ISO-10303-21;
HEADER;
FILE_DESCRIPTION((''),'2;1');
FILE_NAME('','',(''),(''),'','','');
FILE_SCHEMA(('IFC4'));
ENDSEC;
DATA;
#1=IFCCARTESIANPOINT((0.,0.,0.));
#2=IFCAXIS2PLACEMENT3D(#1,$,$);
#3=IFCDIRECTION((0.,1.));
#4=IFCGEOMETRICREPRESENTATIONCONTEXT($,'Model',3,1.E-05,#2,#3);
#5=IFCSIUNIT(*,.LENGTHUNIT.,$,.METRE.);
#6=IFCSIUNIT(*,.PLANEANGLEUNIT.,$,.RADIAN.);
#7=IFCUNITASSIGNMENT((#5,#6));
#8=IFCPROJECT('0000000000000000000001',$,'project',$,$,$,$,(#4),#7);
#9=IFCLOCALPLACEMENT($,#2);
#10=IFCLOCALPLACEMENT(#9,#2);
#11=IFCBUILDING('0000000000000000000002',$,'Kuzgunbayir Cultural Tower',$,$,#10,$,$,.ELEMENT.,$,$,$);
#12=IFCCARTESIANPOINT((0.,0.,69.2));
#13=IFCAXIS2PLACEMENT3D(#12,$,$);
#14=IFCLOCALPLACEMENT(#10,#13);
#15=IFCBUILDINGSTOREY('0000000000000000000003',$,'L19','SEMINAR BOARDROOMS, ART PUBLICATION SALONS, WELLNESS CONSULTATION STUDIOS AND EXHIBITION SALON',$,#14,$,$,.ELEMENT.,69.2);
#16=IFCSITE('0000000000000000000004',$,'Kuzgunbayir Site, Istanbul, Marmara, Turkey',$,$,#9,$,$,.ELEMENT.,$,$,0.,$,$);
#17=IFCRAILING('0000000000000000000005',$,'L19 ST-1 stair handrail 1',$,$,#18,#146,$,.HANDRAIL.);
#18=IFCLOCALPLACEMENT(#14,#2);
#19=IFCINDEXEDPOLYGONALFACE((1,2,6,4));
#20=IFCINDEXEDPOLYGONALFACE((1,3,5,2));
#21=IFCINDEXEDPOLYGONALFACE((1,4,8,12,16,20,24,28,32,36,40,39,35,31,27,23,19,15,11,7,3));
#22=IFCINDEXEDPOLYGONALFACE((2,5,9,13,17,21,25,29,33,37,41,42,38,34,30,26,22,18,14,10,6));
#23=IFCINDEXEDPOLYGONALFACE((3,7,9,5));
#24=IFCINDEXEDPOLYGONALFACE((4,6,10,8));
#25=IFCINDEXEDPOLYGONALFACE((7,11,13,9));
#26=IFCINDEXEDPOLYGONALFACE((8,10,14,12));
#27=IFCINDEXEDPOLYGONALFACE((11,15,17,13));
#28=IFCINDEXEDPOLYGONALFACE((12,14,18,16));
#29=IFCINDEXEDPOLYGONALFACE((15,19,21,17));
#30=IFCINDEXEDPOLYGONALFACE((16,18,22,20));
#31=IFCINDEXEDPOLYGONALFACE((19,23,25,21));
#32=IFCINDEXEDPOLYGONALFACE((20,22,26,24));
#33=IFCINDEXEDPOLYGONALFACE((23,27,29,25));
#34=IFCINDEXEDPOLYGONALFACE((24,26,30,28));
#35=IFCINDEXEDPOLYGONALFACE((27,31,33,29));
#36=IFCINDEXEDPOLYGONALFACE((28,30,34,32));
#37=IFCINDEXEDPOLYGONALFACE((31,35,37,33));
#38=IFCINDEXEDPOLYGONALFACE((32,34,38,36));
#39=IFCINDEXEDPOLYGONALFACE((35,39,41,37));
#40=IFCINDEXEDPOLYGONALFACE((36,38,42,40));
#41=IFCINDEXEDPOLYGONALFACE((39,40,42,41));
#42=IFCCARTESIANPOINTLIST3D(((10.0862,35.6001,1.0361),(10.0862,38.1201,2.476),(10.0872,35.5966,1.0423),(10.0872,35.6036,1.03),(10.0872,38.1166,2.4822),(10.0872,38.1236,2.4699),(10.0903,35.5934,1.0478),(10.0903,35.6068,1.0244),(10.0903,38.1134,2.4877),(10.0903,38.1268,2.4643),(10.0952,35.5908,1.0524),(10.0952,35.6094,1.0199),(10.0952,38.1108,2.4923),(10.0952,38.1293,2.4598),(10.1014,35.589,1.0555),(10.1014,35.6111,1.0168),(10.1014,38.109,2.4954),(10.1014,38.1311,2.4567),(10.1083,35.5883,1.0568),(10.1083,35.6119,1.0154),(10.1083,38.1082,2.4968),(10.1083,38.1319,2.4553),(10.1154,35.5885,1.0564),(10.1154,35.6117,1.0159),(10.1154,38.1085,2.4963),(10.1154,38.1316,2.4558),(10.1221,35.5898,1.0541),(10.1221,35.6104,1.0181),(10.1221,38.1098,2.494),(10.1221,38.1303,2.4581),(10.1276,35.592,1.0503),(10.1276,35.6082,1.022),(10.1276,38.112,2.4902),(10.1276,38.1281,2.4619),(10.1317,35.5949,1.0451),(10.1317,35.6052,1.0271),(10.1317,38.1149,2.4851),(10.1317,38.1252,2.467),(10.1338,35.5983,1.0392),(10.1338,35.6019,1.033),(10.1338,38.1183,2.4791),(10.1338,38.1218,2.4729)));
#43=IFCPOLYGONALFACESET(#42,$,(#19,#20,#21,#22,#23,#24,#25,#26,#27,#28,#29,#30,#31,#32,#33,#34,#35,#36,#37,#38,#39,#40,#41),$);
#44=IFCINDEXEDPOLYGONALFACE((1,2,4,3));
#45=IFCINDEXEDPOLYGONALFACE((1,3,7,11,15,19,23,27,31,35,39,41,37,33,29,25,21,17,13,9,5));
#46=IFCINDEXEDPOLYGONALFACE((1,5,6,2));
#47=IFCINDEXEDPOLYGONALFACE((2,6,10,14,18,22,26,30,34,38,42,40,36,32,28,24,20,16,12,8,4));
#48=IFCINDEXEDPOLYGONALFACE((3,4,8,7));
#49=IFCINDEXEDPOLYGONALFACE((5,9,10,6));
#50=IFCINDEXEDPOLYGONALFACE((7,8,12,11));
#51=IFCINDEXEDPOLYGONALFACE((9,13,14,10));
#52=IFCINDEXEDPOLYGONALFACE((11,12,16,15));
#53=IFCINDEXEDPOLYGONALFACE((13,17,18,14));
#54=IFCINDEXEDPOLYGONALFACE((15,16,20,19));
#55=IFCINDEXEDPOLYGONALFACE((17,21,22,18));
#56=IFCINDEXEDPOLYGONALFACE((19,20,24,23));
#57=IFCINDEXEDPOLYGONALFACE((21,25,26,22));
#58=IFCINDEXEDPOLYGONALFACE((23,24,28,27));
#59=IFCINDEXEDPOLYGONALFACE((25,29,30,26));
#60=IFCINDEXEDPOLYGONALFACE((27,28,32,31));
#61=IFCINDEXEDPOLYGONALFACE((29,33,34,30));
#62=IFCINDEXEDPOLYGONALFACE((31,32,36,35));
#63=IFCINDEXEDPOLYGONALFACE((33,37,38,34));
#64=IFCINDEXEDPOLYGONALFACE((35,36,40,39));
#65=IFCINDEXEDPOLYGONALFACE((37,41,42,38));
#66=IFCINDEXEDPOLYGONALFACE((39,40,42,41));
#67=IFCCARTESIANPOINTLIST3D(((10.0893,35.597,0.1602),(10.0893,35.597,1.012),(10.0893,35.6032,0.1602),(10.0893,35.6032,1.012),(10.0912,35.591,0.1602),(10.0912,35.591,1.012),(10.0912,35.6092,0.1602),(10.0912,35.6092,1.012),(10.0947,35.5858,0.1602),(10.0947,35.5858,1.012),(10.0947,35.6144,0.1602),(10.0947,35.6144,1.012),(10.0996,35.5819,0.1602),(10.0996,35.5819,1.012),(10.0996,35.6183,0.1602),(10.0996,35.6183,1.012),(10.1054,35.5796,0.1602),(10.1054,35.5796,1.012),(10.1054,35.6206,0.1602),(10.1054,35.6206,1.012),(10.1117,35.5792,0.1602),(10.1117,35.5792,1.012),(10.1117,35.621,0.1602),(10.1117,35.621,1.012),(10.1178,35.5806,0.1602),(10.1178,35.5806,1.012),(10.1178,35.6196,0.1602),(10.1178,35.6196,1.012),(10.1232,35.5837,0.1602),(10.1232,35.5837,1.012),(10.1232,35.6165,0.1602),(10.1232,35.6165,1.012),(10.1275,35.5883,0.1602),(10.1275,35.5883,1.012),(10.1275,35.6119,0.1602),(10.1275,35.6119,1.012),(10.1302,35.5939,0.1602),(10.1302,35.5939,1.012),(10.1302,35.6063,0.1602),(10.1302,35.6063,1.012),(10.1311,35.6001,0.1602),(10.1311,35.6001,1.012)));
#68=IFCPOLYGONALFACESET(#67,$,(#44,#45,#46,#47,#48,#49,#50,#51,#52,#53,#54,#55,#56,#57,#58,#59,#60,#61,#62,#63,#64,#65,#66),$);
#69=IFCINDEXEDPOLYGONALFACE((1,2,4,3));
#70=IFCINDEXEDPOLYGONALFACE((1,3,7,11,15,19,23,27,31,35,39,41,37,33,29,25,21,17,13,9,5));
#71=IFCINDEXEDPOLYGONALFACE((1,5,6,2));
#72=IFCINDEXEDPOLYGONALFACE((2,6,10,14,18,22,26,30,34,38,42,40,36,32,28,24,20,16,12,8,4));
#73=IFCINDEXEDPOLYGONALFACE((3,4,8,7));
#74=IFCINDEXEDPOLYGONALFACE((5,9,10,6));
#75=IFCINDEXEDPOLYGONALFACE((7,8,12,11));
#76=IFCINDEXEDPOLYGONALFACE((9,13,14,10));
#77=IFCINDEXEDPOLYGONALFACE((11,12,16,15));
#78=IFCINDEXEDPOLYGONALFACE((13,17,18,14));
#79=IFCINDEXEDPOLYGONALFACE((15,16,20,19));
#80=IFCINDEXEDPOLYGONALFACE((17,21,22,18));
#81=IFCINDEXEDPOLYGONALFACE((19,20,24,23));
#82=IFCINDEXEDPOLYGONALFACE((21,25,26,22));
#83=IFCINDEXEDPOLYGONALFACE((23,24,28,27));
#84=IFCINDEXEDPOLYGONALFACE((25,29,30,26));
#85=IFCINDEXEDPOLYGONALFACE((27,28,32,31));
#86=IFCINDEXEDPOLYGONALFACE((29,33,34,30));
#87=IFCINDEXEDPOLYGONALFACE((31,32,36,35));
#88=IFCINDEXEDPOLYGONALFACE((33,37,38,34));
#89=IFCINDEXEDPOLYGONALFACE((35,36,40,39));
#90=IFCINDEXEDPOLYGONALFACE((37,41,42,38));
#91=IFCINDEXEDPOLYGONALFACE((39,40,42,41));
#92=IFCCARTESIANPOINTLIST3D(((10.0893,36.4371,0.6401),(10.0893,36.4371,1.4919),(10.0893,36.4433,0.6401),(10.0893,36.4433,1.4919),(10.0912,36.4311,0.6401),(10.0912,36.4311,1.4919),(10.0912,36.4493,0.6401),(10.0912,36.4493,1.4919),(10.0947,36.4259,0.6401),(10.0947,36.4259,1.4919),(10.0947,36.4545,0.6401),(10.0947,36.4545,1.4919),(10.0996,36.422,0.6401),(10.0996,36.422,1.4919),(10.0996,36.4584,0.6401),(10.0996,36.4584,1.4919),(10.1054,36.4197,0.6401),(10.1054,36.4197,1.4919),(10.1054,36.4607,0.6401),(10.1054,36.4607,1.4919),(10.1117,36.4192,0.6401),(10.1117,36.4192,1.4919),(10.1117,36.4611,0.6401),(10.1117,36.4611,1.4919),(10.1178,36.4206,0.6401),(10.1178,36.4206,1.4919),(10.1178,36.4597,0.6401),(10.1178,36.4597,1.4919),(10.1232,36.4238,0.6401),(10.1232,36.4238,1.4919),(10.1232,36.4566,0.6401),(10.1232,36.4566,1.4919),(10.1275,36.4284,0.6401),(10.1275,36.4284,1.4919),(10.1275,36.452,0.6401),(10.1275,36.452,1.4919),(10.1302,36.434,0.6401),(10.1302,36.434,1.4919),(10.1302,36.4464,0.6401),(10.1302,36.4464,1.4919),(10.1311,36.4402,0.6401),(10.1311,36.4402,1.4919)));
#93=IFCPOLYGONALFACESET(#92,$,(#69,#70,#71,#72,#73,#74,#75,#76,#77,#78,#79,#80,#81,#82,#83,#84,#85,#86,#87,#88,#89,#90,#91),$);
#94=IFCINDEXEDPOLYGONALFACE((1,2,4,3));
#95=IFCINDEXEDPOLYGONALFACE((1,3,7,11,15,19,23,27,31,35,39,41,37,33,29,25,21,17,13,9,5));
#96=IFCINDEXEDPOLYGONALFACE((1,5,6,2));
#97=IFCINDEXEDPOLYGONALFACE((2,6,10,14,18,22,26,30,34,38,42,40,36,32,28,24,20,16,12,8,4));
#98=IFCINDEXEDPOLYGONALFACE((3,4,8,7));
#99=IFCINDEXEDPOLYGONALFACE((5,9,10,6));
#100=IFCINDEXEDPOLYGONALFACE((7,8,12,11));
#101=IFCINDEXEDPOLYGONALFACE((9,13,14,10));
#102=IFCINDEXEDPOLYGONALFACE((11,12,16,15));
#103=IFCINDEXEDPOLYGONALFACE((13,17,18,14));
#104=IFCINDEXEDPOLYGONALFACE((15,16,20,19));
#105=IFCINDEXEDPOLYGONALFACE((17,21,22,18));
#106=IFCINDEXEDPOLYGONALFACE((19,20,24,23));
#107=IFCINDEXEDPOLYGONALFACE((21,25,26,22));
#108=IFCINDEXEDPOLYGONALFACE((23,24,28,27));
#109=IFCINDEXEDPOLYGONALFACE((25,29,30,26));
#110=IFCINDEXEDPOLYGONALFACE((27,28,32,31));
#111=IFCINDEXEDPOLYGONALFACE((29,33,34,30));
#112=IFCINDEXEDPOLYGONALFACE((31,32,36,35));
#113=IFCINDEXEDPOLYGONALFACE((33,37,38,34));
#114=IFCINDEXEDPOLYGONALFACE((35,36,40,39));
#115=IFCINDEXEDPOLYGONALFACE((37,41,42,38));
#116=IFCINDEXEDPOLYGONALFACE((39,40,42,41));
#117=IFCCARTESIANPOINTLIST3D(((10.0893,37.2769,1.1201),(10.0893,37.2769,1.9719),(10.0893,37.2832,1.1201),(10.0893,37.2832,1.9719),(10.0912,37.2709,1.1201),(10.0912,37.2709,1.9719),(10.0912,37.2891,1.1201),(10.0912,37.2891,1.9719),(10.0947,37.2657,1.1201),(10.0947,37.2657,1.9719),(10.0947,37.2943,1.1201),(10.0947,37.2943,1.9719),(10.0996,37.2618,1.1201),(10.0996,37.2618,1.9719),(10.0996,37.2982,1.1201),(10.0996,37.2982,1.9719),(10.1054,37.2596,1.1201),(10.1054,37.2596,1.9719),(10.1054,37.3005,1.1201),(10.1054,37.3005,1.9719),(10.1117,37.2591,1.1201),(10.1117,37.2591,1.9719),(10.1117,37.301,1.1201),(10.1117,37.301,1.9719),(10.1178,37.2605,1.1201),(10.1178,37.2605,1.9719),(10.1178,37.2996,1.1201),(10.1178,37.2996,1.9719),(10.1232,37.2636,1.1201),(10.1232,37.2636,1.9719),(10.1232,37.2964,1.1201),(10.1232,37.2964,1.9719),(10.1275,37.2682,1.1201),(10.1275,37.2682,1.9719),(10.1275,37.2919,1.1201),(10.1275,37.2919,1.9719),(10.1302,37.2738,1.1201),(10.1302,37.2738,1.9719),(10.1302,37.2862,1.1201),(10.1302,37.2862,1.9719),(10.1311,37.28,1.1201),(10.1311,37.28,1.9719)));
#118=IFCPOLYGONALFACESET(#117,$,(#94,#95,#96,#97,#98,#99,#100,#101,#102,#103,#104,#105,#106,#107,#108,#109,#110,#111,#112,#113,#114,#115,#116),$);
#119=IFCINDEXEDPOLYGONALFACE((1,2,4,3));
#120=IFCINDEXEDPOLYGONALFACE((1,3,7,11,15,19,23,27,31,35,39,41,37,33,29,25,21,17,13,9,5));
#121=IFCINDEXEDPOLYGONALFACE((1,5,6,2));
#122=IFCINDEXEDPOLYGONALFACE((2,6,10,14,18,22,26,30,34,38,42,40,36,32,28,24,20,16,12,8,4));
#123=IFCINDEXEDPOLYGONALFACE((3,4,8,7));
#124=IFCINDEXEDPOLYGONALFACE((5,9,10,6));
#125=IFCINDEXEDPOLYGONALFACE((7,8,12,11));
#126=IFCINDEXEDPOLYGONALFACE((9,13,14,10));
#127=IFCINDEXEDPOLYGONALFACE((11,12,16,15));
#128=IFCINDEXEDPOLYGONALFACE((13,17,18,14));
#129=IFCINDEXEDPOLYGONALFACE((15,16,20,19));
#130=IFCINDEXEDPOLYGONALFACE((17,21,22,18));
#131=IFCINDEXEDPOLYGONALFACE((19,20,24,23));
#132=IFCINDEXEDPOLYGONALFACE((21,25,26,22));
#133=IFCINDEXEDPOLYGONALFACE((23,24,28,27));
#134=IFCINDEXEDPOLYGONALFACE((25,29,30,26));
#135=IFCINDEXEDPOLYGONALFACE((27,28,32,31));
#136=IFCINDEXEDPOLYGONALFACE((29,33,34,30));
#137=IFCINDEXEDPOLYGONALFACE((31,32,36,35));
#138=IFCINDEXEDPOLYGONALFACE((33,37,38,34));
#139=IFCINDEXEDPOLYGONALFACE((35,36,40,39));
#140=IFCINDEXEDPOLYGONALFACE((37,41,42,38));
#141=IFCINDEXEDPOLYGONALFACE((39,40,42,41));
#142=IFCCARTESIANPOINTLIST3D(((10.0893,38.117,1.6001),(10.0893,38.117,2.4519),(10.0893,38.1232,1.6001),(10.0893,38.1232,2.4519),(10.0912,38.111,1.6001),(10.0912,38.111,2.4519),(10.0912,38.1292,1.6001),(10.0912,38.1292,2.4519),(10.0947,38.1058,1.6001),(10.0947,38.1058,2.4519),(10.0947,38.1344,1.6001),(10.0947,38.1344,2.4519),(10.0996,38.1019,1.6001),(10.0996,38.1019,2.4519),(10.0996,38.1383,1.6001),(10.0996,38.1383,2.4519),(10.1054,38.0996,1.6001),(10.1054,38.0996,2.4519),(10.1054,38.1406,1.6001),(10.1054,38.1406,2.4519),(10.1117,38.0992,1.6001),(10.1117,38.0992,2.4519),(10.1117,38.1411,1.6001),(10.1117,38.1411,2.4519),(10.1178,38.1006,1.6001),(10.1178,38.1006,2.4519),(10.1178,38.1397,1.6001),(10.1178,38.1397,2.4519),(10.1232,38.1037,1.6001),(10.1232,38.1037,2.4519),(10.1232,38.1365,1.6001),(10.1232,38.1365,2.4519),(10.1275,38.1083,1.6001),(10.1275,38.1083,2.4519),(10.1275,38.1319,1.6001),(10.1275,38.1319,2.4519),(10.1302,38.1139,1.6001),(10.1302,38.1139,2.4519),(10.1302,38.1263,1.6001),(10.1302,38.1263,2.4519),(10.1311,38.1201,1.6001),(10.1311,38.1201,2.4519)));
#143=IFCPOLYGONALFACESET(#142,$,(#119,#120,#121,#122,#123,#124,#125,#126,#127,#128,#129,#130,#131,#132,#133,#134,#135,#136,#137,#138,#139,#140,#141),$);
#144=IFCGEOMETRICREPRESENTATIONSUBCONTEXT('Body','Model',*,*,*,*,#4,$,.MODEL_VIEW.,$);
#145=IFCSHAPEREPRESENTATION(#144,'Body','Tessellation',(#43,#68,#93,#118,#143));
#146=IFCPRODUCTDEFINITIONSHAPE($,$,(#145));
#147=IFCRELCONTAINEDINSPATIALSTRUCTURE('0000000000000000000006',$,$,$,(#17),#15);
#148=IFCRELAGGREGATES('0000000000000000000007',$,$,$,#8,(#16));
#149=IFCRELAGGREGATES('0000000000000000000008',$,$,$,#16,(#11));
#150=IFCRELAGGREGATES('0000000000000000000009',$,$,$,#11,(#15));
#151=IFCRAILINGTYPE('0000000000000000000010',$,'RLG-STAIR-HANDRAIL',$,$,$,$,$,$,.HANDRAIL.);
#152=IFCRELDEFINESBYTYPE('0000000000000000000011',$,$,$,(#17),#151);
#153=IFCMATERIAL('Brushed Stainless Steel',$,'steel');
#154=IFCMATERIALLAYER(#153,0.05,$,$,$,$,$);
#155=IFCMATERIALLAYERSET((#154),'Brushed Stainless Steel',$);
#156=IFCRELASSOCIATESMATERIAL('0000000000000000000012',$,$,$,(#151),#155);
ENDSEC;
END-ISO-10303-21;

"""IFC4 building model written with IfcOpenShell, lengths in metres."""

from ifc_helpers import new_model, si_unit, direction, frame, origin, origin_2d, place, context, subcontext, project, spatial, circle, extrude, material, layer, layer_set, type_object, element, save


model = new_model("IFC4")

# Units and contexts
model_context = context("Model", 3, precision=1e-05, world=origin(), true_north=direction((0.0, 1.0)))
body_context = subcontext(model_context, "Body", "Model", "MODEL_VIEW")
ifc_project = project(units=[si_unit("LENGTHUNIT", "METRE"), si_unit("PLANEANGLEUNIT", "RADIAN")], contexts=[model_context])

# Site, building, storey
site_placement = place(None, origin())
site = spatial("IfcSite", under=ifc_project, at=site_placement, Name="Kuzgunbayir Site, Istanbul, Marmara, Turkey", CompositionType="ELEMENT", RefElevation=0.0)
building_placement = place(site_placement, origin())
building = spatial("IfcBuilding", under=site, at=building_placement, Name="Kuzgunbayir Cultural Tower", CompositionType="ELEMENT")
storey_placement = place(building_placement, frame((0.0, 0.0, 69.2)))
storey = spatial("IfcBuildingStorey", under=building, at=storey_placement, Name="L19", Description="SEMINAR BOARDROOMS, ART PUBLICATION SALONS, WELLNESS CONSULTATION STUDIOS AND EXHIBITION SALON", CompositionType="ELEMENT", Elevation=69.2)

# Shared definitions
ifc_material_1 = material(Name="Brushed Stainless Steel", Category="steel")

# Railing
ifc_layer_1 = layer(ifc_material_1, 0.05)
ifc_layer_set_1 = layer_set([ifc_layer_1], Name="Brushed Stainless Steel")
railing_type_1 = type_object("IfcRailingType", Name="RLG-STAIR-HANDRAIL", PredefinedType="HANDRAIL", material=ifc_layer_set_1)
railing_1_placement = place(storey_placement, frame((10.1101, 35.6001, 0.1602)))
element("IfcRailing", 1, at=railing_1_placement, inside=storey, type_object=railing_type_1, Name="L19 ST-1 stair handrail 1", PredefinedType="HANDRAIL", context=body_context, shape_type="SweptSolid", body=[
    extrude(circle(Radius=0.0239, at=origin_2d()), frame((0.0, 0.0, 0.876), z_axis=(0.0, 0.868253, 0.496121), x_axis=(-1.0, 0.0, 0.0)), (0.0, 0.0, 1.0), 2.9023),
    extrude(circle(Radius=0.021, at=origin_2d()), origin(), (0.0, 0.0, 1.0), 0.8518),
    extrude(circle(Radius=0.021, at=origin_2d()), frame((0.0, 0.8401, 0.48)), (0.0, 0.0, 1.0), 0.8518),
    extrude(circle(Radius=0.021, at=origin_2d()), frame((0.0, 1.6799, 0.96)), (0.0, 0.0, 1.0), 0.8518),
    extrude(circle(Radius=0.021, at=origin_2d()), frame((0.0, 2.52, 1.4399)), (0.0, 0.0, 1.0), 0.8518),
])

save(model, "model.ifc")
